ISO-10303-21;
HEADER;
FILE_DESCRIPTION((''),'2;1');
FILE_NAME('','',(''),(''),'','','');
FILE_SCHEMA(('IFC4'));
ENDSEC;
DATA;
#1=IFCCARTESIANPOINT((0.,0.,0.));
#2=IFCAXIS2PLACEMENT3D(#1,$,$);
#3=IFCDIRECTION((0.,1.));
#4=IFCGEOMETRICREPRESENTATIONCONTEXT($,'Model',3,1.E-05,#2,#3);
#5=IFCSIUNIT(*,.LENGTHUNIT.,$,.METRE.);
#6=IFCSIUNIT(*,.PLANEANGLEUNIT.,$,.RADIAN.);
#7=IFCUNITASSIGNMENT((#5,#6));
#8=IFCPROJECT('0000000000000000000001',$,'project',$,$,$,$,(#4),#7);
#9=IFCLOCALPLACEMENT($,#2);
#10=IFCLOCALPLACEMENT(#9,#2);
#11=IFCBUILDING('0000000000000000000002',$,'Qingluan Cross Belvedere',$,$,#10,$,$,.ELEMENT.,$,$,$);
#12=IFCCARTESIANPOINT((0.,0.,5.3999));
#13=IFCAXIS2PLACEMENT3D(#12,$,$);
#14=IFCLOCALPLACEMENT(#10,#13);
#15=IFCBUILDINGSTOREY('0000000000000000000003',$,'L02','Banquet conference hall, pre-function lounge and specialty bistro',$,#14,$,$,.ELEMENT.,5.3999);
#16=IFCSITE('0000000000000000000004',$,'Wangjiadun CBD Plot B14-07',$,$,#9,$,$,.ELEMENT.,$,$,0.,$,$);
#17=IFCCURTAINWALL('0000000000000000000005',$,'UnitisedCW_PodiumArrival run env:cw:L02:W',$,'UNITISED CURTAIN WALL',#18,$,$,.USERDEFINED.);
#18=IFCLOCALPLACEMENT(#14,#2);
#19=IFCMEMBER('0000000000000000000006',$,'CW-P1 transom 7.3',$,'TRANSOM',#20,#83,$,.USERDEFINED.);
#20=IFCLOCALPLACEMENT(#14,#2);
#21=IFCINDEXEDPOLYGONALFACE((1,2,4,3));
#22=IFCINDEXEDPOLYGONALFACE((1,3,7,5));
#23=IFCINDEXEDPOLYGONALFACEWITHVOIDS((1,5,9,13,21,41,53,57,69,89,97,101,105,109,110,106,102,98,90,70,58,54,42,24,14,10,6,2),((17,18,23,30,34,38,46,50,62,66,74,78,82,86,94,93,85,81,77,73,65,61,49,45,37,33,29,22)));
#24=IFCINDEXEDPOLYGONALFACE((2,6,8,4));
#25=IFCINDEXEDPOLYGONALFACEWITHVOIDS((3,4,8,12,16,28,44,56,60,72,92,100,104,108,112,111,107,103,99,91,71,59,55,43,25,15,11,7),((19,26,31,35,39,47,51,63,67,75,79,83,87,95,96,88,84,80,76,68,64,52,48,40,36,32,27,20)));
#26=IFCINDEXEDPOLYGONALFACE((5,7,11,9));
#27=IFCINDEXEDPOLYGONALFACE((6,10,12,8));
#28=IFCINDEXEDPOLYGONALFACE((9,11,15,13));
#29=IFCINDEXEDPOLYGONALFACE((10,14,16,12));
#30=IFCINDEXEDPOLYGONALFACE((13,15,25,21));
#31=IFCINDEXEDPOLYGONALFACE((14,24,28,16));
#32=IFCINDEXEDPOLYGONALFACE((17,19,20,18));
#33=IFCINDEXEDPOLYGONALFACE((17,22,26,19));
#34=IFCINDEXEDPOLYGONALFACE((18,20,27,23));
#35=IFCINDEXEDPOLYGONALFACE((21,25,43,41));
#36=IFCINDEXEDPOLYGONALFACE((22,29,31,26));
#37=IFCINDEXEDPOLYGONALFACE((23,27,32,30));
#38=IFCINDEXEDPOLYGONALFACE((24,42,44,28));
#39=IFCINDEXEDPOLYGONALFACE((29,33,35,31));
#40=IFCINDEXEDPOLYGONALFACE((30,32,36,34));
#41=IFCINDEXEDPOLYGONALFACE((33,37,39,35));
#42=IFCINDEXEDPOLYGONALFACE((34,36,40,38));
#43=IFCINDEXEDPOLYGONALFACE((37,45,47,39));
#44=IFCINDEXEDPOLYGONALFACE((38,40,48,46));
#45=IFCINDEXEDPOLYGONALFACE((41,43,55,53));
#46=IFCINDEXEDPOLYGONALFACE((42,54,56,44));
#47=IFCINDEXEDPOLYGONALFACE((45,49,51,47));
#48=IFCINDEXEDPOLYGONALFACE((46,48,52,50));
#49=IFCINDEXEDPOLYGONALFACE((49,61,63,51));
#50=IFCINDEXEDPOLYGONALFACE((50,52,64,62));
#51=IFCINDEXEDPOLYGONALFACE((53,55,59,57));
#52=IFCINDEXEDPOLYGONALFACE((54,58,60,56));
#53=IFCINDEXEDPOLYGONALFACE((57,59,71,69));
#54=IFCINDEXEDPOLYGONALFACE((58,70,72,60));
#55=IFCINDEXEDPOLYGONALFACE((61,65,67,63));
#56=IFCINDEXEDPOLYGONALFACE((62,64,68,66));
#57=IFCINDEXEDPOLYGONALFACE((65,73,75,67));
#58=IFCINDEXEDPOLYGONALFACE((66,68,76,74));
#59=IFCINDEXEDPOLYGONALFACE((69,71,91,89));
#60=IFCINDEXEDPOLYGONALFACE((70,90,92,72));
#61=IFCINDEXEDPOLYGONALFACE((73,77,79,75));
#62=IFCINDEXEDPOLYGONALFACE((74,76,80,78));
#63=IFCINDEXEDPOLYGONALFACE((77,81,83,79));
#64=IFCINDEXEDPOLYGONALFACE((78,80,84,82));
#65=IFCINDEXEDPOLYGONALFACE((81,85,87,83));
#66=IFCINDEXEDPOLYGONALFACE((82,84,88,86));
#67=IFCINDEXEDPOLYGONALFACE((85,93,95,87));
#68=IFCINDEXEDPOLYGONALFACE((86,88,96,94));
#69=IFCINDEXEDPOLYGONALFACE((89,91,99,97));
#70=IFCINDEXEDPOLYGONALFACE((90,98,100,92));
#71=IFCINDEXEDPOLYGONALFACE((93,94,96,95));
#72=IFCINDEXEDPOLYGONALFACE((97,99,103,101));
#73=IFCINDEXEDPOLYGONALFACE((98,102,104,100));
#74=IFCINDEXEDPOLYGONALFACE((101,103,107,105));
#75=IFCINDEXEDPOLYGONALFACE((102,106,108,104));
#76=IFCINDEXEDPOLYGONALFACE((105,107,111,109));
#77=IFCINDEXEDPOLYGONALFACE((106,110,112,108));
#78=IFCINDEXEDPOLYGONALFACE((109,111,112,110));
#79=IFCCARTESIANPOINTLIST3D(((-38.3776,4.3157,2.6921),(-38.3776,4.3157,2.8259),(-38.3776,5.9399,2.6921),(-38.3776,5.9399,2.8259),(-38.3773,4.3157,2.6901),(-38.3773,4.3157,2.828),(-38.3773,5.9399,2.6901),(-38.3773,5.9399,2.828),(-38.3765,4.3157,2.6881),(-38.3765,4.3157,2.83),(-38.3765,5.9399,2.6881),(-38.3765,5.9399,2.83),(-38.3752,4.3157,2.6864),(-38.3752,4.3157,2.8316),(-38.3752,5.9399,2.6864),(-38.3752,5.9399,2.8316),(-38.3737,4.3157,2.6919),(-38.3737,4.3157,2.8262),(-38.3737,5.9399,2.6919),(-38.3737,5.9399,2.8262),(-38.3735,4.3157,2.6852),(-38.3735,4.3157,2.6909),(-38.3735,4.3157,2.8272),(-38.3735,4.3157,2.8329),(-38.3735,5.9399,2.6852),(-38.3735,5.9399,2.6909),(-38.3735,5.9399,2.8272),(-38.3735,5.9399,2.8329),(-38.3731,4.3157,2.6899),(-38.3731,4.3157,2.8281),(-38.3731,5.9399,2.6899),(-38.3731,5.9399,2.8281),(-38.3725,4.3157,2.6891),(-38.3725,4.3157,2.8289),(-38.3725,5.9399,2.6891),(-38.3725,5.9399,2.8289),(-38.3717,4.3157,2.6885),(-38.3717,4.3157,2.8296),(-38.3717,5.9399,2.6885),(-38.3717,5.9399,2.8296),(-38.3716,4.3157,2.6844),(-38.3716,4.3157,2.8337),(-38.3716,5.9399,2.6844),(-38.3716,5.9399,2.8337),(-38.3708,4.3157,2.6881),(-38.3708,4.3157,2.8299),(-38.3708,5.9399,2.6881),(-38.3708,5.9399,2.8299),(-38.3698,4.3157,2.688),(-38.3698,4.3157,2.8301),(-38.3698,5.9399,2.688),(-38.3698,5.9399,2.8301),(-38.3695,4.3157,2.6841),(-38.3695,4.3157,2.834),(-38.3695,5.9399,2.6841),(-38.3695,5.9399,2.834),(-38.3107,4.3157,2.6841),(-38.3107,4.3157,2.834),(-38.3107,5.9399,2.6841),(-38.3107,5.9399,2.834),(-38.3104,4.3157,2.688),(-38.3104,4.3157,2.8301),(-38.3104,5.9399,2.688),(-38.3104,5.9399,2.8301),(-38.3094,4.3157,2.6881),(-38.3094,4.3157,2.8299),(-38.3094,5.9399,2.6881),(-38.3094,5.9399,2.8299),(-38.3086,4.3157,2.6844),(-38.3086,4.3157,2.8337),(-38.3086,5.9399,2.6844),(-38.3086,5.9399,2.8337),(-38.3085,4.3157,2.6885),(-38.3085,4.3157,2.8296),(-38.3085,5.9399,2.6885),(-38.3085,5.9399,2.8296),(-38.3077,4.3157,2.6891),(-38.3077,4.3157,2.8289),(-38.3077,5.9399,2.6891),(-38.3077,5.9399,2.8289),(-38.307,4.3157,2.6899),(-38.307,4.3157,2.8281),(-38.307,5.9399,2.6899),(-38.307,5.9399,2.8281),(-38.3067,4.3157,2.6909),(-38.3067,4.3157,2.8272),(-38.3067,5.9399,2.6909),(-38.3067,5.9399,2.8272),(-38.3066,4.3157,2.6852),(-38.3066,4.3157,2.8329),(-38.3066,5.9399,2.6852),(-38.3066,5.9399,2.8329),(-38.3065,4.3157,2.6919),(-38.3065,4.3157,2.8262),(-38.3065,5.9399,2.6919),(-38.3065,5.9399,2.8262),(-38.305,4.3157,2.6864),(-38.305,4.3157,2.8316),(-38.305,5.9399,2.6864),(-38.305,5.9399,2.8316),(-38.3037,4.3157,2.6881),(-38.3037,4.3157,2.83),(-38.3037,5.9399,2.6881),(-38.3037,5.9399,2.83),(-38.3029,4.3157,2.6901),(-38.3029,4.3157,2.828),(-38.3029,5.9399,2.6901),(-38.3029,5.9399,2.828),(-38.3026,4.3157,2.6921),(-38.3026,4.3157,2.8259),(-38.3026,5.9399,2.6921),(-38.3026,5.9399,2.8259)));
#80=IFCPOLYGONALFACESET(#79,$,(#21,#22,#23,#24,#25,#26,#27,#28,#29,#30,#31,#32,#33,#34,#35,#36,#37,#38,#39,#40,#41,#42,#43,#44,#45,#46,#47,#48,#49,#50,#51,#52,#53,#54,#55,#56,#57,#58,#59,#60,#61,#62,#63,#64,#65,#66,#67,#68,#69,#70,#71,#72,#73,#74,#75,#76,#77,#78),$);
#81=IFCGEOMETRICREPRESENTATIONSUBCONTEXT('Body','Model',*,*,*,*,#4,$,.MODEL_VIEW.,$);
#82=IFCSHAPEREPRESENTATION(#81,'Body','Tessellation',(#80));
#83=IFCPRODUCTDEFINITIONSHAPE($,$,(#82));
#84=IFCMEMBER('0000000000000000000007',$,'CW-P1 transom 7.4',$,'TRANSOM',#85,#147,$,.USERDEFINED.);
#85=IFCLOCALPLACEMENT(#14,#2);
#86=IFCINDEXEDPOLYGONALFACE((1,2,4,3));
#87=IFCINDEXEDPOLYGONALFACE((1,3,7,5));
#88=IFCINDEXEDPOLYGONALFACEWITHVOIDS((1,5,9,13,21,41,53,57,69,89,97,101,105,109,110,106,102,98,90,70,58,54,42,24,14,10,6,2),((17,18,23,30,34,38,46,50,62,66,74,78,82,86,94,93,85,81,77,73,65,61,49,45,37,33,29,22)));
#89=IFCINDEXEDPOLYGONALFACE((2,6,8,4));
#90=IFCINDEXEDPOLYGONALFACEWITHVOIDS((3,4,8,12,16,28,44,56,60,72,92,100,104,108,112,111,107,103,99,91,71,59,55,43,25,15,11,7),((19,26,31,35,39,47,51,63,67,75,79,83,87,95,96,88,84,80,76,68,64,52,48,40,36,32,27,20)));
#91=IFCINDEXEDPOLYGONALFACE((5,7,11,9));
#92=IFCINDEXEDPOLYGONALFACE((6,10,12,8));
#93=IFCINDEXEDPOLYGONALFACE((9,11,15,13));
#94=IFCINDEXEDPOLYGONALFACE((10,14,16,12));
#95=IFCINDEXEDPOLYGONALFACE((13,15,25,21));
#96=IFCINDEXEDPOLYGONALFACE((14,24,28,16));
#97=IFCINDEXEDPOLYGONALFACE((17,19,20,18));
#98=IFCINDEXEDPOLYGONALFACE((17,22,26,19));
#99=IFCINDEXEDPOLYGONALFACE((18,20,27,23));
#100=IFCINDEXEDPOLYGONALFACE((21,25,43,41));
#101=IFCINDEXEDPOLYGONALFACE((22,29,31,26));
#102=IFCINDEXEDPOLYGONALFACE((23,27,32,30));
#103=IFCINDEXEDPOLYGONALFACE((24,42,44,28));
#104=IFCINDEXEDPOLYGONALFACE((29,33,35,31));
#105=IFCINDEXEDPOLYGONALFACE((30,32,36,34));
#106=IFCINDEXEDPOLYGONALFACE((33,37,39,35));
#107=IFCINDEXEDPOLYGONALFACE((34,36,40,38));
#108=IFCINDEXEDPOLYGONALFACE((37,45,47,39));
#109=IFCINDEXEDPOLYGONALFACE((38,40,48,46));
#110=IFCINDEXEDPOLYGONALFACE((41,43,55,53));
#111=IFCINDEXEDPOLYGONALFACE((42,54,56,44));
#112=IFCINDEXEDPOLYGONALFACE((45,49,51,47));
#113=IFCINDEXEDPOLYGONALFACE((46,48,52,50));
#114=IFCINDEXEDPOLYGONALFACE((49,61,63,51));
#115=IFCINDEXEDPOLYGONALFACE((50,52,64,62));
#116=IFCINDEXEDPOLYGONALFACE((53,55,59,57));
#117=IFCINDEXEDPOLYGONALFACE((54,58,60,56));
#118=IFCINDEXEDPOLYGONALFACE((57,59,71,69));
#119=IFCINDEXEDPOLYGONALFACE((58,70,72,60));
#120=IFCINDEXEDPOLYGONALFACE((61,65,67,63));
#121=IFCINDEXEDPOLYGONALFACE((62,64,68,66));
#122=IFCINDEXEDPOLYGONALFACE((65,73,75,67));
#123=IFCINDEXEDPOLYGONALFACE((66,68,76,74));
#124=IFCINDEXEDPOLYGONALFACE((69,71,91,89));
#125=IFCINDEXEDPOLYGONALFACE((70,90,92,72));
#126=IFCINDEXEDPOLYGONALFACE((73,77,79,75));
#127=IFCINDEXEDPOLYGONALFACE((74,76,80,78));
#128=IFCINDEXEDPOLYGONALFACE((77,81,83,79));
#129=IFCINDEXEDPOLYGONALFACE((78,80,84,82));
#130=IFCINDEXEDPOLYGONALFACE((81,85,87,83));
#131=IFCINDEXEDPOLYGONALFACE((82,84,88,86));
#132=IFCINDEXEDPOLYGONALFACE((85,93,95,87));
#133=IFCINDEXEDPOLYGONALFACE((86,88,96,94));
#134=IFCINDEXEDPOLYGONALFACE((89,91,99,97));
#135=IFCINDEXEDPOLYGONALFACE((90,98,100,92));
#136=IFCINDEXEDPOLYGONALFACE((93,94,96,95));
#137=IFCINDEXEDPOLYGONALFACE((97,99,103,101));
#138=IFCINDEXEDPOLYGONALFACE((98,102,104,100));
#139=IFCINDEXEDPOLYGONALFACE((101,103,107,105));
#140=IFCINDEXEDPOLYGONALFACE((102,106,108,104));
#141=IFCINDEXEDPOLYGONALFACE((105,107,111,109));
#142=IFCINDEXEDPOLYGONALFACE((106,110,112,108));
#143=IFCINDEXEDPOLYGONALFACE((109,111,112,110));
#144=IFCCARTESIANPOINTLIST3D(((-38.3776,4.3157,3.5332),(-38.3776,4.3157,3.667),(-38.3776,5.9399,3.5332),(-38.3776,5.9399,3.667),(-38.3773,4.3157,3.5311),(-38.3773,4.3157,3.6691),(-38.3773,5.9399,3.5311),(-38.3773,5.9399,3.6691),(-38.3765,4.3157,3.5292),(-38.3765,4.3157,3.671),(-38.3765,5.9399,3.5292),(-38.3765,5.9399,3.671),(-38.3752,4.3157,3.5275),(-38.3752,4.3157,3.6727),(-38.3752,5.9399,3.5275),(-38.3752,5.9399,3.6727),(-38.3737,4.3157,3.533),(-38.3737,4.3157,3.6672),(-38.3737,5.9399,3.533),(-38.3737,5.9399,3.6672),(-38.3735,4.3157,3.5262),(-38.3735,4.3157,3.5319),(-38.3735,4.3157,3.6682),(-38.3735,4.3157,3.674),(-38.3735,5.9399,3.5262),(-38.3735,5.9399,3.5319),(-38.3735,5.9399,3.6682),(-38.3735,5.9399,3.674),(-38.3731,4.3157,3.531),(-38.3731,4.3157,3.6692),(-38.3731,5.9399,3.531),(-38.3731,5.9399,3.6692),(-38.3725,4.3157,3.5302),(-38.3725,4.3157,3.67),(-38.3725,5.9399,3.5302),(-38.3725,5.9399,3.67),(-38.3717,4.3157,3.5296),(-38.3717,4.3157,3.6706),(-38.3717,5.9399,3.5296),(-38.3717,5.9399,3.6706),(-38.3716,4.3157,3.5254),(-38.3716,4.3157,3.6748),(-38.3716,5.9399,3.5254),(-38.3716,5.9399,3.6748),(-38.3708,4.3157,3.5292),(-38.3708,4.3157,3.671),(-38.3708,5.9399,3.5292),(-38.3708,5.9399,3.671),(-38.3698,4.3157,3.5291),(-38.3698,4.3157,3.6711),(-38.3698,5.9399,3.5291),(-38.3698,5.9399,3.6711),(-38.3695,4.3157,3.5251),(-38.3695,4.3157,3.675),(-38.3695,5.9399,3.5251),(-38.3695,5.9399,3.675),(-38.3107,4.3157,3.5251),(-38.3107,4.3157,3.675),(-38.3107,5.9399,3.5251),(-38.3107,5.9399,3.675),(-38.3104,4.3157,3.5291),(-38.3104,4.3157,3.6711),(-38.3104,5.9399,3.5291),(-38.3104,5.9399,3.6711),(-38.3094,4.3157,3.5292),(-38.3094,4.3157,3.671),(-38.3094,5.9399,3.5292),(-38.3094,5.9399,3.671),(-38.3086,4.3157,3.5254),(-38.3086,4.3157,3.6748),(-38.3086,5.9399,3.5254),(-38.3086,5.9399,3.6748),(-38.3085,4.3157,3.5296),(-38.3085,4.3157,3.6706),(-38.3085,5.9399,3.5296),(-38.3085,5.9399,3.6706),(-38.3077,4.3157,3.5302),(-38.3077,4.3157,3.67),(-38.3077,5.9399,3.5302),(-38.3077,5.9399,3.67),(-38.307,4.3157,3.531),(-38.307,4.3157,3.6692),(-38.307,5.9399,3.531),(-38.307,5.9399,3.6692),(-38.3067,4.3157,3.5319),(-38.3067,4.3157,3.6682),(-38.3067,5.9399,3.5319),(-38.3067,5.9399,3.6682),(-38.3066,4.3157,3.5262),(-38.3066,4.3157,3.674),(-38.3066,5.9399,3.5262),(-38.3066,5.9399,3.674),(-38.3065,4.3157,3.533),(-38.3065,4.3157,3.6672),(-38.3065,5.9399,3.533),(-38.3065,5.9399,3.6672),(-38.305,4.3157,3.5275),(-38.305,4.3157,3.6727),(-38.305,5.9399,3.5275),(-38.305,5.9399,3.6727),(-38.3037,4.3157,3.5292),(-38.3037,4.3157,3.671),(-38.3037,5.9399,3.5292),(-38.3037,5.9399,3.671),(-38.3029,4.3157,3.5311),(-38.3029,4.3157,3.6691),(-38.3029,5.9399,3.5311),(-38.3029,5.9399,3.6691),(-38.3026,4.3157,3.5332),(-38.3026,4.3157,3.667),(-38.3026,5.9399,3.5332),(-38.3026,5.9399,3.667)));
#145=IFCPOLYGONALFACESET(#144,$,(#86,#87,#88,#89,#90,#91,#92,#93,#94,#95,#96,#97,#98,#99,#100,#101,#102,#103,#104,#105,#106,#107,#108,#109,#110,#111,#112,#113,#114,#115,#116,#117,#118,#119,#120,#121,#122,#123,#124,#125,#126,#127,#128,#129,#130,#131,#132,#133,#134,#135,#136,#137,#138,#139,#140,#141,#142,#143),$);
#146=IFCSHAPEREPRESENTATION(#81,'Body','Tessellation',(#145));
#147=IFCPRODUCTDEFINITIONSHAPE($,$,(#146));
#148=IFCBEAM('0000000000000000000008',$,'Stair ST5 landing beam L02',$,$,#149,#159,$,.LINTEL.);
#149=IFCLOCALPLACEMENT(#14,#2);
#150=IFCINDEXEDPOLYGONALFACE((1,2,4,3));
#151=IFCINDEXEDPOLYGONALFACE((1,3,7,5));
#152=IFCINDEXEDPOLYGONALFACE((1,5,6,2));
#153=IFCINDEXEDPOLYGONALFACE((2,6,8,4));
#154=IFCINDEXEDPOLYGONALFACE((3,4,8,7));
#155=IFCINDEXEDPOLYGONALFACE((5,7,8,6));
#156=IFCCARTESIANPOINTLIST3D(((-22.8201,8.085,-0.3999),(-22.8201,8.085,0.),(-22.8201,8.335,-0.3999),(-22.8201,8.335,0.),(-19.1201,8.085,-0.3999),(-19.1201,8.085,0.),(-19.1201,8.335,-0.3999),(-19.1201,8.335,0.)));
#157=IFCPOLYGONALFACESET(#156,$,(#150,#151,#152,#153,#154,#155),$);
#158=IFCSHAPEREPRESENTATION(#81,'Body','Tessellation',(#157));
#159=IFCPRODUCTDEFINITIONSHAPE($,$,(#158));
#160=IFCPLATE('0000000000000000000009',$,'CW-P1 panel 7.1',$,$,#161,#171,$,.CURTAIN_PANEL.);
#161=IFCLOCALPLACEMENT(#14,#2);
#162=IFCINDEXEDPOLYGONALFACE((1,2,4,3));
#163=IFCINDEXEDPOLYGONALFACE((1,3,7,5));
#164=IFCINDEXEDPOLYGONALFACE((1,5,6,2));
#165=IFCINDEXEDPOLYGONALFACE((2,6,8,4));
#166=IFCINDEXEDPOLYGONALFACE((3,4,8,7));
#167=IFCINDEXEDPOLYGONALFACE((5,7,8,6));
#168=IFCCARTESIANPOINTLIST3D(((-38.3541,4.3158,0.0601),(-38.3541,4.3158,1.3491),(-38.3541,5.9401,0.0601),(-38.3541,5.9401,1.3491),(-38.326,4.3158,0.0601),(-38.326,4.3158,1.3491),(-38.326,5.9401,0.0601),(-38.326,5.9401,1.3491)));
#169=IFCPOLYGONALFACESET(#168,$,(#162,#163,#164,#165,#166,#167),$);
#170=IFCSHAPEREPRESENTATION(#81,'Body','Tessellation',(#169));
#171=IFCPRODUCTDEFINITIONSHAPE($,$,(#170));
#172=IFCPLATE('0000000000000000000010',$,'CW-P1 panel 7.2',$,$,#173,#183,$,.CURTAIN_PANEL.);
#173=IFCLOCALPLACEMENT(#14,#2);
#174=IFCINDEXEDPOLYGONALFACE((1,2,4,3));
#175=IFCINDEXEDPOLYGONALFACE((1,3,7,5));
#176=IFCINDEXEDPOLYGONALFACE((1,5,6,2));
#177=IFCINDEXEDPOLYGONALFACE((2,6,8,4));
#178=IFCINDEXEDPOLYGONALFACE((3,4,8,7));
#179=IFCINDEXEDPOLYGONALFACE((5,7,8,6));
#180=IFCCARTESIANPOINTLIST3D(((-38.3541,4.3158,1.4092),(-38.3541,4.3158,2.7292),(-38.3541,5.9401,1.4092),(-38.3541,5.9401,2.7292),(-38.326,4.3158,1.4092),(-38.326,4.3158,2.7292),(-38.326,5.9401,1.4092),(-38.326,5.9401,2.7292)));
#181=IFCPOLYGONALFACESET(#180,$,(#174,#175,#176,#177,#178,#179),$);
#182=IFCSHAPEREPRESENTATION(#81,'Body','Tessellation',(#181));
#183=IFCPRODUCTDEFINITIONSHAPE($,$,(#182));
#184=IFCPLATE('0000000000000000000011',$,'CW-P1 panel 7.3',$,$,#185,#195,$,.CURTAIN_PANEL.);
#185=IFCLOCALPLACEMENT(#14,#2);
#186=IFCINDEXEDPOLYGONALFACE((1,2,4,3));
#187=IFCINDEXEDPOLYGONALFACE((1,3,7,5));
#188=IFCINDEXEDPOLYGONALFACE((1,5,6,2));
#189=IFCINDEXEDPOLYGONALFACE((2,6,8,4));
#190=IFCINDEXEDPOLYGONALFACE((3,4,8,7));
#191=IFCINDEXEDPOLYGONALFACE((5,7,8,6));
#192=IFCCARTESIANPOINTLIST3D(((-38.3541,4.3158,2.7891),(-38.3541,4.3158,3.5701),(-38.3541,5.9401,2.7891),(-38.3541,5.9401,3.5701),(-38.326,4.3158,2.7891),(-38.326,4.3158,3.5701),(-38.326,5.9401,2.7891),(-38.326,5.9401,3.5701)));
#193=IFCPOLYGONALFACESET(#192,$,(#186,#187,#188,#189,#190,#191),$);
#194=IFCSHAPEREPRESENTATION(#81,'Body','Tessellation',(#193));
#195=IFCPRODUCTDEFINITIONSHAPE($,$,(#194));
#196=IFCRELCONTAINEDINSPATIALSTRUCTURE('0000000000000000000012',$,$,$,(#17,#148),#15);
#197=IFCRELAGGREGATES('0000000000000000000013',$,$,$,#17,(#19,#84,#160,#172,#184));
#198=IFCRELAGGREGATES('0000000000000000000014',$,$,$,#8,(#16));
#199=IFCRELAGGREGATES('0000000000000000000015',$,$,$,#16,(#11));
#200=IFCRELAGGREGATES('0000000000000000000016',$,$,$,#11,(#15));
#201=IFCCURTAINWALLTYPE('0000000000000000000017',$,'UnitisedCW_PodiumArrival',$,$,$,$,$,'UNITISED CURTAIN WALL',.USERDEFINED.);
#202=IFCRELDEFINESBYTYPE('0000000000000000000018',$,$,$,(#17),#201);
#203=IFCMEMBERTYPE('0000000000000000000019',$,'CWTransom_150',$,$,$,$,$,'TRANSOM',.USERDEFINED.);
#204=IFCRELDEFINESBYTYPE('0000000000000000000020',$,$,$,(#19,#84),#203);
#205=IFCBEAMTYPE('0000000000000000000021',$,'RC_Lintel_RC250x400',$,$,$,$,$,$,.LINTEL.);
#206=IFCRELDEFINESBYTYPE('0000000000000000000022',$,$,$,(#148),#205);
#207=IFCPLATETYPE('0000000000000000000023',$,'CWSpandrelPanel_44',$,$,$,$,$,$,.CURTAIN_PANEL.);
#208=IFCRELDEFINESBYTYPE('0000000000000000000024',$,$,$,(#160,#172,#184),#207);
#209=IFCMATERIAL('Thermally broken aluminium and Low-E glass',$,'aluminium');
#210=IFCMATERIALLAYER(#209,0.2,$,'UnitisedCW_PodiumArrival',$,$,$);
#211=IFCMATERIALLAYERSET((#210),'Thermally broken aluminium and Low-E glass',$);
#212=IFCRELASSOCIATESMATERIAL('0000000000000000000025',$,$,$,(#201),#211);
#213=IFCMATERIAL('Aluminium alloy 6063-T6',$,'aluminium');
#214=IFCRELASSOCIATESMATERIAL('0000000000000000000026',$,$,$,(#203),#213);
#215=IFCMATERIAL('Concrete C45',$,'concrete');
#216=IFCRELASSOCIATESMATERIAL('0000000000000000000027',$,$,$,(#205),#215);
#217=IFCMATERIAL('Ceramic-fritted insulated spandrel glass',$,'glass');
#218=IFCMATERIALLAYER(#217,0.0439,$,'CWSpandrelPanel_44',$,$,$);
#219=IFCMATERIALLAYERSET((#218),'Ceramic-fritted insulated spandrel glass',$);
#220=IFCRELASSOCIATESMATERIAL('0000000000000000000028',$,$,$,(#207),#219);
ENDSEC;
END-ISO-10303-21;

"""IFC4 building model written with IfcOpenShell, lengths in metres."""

from ifc_helpers import new_model, si_unit, direction, frame, origin, origin_2d, place, context, subcontext, project, spatial, rectangle, hollow_rectangle, extrude, material, layer, layer_set, material_profile, profile_set, type_object, element, aggregate, save


model = new_model("IFC4")

# Units and contexts
model_context = context("Model", 3, precision=1e-05, world=origin(), true_north=direction((0.0, 1.0)))
body_context = subcontext(model_context, "Body", "Model", "MODEL_VIEW")
ifc_project = project(units=[si_unit("LENGTHUNIT", "METRE"), si_unit("PLANEANGLEUNIT", "RADIAN")], contexts=[model_context])

# Site, building, storey
site_placement = place(None, origin())
site = spatial("IfcSite", under=ifc_project, at=site_placement, Name="Wangjiadun CBD Plot B14-07", CompositionType="ELEMENT", RefElevation=0.0)
building_placement = place(site_placement, origin())
building = spatial("IfcBuilding", under=site, at=building_placement, Name="Qingluan Cross Belvedere", CompositionType="ELEMENT")
storey_placement = place(building_placement, frame((0.0, 0.0, 5.3999)))
storey = spatial("IfcBuildingStorey", under=building, at=storey_placement, Name="L02", Description="Banquet conference hall, pre-function lounge and specialty bistro", CompositionType="ELEMENT", Elevation=5.3999)

# Curtain wall, members
ifc_material_1 = material(Name="Thermally broken aluminium and Low-E glass", Category="aluminium")
ifc_layer_1 = layer(ifc_material_1, 0.2, Name="UnitisedCW_PodiumArrival")
ifc_layer_set_1 = layer_set([ifc_layer_1], Name="Thermally broken aluminium and Low-E glass")
curtain_wall_type = type_object("IfcCurtainWallType", Name="UnitisedCW_PodiumArrival", ElementType="UNITISED CURTAIN WALL", PredefinedType="USERDEFINED", material=ifc_layer_set_1)
curtain_wall_placement = place(storey_placement, origin())
curtain_wall = element("IfcCurtainWall", 1, at=curtain_wall_placement, inside=storey, type_object=curtain_wall_type, Name="UnitisedCW_PodiumArrival run env:cw:L02:W", ObjectType="UNITISED CURTAIN WALL", PredefinedType="USERDEFINED")
ifc_material_2 = material(Name="Aluminium alloy 6063-T6", Category="aluminium")
ifc_material_profile_1 = material_profile(ifc_material_2, hollow_rectangle(XDim=0.075, YDim=0.1499, WallThickness=0.0039, InnerFilletRadius=0.0039, OuterFilletRadius=0.0081, at=origin_2d()), Name="CWT150x75x4")
ifc_profile_set_1 = profile_set([ifc_material_profile_1], Name="Aluminium alloy 6063-T6")
member_type_1 = type_object("IfcMemberType", Name="CWTransom_150", ElementType="TRANSOM", PredefinedType="USERDEFINED", material=ifc_profile_set_1)
member_1_placement = place(storey_placement, frame((-38.3401, 4.3157, 2.759), z_axis=(0.0, 1.0, 0.0), x_axis=(-1.0, 0.0, 0.0)))
member_1 = element("IfcMember", 2, at=member_1_placement, type_object=member_type_1, Name="CW-P1 transom 7.3", ObjectType="TRANSOM", PredefinedType="USERDEFINED", context=body_context, shape_type="SweptSolid", body=[
    extrude(hollow_rectangle(XDim=0.075, YDim=0.1499, WallThickness=0.0039, InnerFilletRadius=0.0039, OuterFilletRadius=0.0081, at=origin_2d()), origin(), (0.0, 0.0, 1.0), 1.6243),
])
member_2_placement = place(storey_placement, frame((-38.3401, 4.3157, 3.6001), z_axis=(0.0, 1.0, 0.0), x_axis=(-1.0, 0.0, 0.0)))
member_2 = element("IfcMember", 3, at=member_2_placement, type_object=member_type_1, Name="CW-P1 transom 7.4", ObjectType="TRANSOM", PredefinedType="USERDEFINED", context=body_context, shape_type="SweptSolid", body=[
    extrude(hollow_rectangle(XDim=0.075, YDim=0.1499, WallThickness=0.0039, InnerFilletRadius=0.0039, OuterFilletRadius=0.0081, at=origin_2d()), origin(), (0.0, 0.0, 1.0), 1.6243),
])

# Beam
ifc_material_3 = material(Name="Concrete C45", Category="concrete")
ifc_material_profile_2 = material_profile(ifc_material_3, rectangle(XDim=0.25, YDim=0.3999, at=origin_2d()), Name="RC250x400")
ifc_profile_set_2 = profile_set([ifc_material_profile_2], Name="Concrete C45")
beam_type = type_object("IfcBeamType", Name="RC_Lintel_RC250x400", PredefinedType="LINTEL", material=ifc_profile_set_2)
beam_placement = place(storey_placement, frame((-22.8201, 8.21, -0.2), z_axis=(1.0, 0.0, 0.0), x_axis=(0.0, 1.0, 0.0)))
element("IfcBeam", 4, at=beam_placement, inside=storey, type_object=beam_type, Name="Stair ST5 landing beam L02", PredefinedType="LINTEL", context=body_context, shape_type="SweptSolid", body=[
    extrude(rectangle(XDim=0.25, YDim=0.3999, at=origin_2d()), origin(), (0.0, 0.0, 1.0), 3.7),
])

# Plates
ifc_material_4 = material(Name="Ceramic-fritted insulated spandrel glass", Category="glass")
ifc_layer_2 = layer(ifc_material_4, 0.0439, Name="CWSpandrelPanel_44")
ifc_layer_set_2 = layer_set([ifc_layer_2], Name="Ceramic-fritted insulated spandrel glass")
plate_type = type_object("IfcPlateType", Name="CWSpandrelPanel_44", PredefinedType="CURTAIN_PANEL", material=ifc_layer_set_2)
plate_1_placement = place(storey_placement, frame((-38.3401, 5.1279, 0.0601), z_axis=(0.0, 0.0, 1.0), x_axis=(0.0, 1.0, 0.0)))
plate_1 = element("IfcPlate", 5, at=plate_1_placement, type_object=plate_type, Name="CW-P1 panel 7.1", PredefinedType="CURTAIN_PANEL", context=body_context, shape_type="SweptSolid", body=[
    extrude(rectangle(XDim=1.6243, YDim=0.0281, at=origin_2d()), origin(), (0.0, 0.0, 1.0), 1.2891),
])
plate_2_placement = place(storey_placement, frame((-38.3401, 5.1279, 1.4092), z_axis=(0.0, 0.0, 1.0), x_axis=(0.0, 1.0, 0.0)))
plate_2 = element("IfcPlate", 6, at=plate_2_placement, type_object=plate_type, Name="CW-P1 panel 7.2", PredefinedType="CURTAIN_PANEL", context=body_context, shape_type="SweptSolid", body=[
    extrude(rectangle(XDim=1.6243, YDim=0.0281, at=origin_2d()), origin(), (0.0, 0.0, 1.0), 1.3201),
])
plate_3_placement = place(storey_placement, frame((-38.3401, 5.1279, 2.7891), z_axis=(0.0, 0.0, 1.0), x_axis=(0.0, 1.0, 0.0)))
plate_3 = element("IfcPlate", 7, at=plate_3_placement, type_object=plate_type, Name="CW-P1 panel 7.3", PredefinedType="CURTAIN_PANEL", context=body_context, shape_type="SweptSolid", body=[
    extrude(rectangle(XDim=1.6243, YDim=0.0281, at=origin_2d()), origin(), (0.0, 0.0, 1.0), 0.781),
])
aggregate(curtain_wall, [member_1, member_2, plate_1, plate_2, plate_3])

save(model, "model.ifc")
